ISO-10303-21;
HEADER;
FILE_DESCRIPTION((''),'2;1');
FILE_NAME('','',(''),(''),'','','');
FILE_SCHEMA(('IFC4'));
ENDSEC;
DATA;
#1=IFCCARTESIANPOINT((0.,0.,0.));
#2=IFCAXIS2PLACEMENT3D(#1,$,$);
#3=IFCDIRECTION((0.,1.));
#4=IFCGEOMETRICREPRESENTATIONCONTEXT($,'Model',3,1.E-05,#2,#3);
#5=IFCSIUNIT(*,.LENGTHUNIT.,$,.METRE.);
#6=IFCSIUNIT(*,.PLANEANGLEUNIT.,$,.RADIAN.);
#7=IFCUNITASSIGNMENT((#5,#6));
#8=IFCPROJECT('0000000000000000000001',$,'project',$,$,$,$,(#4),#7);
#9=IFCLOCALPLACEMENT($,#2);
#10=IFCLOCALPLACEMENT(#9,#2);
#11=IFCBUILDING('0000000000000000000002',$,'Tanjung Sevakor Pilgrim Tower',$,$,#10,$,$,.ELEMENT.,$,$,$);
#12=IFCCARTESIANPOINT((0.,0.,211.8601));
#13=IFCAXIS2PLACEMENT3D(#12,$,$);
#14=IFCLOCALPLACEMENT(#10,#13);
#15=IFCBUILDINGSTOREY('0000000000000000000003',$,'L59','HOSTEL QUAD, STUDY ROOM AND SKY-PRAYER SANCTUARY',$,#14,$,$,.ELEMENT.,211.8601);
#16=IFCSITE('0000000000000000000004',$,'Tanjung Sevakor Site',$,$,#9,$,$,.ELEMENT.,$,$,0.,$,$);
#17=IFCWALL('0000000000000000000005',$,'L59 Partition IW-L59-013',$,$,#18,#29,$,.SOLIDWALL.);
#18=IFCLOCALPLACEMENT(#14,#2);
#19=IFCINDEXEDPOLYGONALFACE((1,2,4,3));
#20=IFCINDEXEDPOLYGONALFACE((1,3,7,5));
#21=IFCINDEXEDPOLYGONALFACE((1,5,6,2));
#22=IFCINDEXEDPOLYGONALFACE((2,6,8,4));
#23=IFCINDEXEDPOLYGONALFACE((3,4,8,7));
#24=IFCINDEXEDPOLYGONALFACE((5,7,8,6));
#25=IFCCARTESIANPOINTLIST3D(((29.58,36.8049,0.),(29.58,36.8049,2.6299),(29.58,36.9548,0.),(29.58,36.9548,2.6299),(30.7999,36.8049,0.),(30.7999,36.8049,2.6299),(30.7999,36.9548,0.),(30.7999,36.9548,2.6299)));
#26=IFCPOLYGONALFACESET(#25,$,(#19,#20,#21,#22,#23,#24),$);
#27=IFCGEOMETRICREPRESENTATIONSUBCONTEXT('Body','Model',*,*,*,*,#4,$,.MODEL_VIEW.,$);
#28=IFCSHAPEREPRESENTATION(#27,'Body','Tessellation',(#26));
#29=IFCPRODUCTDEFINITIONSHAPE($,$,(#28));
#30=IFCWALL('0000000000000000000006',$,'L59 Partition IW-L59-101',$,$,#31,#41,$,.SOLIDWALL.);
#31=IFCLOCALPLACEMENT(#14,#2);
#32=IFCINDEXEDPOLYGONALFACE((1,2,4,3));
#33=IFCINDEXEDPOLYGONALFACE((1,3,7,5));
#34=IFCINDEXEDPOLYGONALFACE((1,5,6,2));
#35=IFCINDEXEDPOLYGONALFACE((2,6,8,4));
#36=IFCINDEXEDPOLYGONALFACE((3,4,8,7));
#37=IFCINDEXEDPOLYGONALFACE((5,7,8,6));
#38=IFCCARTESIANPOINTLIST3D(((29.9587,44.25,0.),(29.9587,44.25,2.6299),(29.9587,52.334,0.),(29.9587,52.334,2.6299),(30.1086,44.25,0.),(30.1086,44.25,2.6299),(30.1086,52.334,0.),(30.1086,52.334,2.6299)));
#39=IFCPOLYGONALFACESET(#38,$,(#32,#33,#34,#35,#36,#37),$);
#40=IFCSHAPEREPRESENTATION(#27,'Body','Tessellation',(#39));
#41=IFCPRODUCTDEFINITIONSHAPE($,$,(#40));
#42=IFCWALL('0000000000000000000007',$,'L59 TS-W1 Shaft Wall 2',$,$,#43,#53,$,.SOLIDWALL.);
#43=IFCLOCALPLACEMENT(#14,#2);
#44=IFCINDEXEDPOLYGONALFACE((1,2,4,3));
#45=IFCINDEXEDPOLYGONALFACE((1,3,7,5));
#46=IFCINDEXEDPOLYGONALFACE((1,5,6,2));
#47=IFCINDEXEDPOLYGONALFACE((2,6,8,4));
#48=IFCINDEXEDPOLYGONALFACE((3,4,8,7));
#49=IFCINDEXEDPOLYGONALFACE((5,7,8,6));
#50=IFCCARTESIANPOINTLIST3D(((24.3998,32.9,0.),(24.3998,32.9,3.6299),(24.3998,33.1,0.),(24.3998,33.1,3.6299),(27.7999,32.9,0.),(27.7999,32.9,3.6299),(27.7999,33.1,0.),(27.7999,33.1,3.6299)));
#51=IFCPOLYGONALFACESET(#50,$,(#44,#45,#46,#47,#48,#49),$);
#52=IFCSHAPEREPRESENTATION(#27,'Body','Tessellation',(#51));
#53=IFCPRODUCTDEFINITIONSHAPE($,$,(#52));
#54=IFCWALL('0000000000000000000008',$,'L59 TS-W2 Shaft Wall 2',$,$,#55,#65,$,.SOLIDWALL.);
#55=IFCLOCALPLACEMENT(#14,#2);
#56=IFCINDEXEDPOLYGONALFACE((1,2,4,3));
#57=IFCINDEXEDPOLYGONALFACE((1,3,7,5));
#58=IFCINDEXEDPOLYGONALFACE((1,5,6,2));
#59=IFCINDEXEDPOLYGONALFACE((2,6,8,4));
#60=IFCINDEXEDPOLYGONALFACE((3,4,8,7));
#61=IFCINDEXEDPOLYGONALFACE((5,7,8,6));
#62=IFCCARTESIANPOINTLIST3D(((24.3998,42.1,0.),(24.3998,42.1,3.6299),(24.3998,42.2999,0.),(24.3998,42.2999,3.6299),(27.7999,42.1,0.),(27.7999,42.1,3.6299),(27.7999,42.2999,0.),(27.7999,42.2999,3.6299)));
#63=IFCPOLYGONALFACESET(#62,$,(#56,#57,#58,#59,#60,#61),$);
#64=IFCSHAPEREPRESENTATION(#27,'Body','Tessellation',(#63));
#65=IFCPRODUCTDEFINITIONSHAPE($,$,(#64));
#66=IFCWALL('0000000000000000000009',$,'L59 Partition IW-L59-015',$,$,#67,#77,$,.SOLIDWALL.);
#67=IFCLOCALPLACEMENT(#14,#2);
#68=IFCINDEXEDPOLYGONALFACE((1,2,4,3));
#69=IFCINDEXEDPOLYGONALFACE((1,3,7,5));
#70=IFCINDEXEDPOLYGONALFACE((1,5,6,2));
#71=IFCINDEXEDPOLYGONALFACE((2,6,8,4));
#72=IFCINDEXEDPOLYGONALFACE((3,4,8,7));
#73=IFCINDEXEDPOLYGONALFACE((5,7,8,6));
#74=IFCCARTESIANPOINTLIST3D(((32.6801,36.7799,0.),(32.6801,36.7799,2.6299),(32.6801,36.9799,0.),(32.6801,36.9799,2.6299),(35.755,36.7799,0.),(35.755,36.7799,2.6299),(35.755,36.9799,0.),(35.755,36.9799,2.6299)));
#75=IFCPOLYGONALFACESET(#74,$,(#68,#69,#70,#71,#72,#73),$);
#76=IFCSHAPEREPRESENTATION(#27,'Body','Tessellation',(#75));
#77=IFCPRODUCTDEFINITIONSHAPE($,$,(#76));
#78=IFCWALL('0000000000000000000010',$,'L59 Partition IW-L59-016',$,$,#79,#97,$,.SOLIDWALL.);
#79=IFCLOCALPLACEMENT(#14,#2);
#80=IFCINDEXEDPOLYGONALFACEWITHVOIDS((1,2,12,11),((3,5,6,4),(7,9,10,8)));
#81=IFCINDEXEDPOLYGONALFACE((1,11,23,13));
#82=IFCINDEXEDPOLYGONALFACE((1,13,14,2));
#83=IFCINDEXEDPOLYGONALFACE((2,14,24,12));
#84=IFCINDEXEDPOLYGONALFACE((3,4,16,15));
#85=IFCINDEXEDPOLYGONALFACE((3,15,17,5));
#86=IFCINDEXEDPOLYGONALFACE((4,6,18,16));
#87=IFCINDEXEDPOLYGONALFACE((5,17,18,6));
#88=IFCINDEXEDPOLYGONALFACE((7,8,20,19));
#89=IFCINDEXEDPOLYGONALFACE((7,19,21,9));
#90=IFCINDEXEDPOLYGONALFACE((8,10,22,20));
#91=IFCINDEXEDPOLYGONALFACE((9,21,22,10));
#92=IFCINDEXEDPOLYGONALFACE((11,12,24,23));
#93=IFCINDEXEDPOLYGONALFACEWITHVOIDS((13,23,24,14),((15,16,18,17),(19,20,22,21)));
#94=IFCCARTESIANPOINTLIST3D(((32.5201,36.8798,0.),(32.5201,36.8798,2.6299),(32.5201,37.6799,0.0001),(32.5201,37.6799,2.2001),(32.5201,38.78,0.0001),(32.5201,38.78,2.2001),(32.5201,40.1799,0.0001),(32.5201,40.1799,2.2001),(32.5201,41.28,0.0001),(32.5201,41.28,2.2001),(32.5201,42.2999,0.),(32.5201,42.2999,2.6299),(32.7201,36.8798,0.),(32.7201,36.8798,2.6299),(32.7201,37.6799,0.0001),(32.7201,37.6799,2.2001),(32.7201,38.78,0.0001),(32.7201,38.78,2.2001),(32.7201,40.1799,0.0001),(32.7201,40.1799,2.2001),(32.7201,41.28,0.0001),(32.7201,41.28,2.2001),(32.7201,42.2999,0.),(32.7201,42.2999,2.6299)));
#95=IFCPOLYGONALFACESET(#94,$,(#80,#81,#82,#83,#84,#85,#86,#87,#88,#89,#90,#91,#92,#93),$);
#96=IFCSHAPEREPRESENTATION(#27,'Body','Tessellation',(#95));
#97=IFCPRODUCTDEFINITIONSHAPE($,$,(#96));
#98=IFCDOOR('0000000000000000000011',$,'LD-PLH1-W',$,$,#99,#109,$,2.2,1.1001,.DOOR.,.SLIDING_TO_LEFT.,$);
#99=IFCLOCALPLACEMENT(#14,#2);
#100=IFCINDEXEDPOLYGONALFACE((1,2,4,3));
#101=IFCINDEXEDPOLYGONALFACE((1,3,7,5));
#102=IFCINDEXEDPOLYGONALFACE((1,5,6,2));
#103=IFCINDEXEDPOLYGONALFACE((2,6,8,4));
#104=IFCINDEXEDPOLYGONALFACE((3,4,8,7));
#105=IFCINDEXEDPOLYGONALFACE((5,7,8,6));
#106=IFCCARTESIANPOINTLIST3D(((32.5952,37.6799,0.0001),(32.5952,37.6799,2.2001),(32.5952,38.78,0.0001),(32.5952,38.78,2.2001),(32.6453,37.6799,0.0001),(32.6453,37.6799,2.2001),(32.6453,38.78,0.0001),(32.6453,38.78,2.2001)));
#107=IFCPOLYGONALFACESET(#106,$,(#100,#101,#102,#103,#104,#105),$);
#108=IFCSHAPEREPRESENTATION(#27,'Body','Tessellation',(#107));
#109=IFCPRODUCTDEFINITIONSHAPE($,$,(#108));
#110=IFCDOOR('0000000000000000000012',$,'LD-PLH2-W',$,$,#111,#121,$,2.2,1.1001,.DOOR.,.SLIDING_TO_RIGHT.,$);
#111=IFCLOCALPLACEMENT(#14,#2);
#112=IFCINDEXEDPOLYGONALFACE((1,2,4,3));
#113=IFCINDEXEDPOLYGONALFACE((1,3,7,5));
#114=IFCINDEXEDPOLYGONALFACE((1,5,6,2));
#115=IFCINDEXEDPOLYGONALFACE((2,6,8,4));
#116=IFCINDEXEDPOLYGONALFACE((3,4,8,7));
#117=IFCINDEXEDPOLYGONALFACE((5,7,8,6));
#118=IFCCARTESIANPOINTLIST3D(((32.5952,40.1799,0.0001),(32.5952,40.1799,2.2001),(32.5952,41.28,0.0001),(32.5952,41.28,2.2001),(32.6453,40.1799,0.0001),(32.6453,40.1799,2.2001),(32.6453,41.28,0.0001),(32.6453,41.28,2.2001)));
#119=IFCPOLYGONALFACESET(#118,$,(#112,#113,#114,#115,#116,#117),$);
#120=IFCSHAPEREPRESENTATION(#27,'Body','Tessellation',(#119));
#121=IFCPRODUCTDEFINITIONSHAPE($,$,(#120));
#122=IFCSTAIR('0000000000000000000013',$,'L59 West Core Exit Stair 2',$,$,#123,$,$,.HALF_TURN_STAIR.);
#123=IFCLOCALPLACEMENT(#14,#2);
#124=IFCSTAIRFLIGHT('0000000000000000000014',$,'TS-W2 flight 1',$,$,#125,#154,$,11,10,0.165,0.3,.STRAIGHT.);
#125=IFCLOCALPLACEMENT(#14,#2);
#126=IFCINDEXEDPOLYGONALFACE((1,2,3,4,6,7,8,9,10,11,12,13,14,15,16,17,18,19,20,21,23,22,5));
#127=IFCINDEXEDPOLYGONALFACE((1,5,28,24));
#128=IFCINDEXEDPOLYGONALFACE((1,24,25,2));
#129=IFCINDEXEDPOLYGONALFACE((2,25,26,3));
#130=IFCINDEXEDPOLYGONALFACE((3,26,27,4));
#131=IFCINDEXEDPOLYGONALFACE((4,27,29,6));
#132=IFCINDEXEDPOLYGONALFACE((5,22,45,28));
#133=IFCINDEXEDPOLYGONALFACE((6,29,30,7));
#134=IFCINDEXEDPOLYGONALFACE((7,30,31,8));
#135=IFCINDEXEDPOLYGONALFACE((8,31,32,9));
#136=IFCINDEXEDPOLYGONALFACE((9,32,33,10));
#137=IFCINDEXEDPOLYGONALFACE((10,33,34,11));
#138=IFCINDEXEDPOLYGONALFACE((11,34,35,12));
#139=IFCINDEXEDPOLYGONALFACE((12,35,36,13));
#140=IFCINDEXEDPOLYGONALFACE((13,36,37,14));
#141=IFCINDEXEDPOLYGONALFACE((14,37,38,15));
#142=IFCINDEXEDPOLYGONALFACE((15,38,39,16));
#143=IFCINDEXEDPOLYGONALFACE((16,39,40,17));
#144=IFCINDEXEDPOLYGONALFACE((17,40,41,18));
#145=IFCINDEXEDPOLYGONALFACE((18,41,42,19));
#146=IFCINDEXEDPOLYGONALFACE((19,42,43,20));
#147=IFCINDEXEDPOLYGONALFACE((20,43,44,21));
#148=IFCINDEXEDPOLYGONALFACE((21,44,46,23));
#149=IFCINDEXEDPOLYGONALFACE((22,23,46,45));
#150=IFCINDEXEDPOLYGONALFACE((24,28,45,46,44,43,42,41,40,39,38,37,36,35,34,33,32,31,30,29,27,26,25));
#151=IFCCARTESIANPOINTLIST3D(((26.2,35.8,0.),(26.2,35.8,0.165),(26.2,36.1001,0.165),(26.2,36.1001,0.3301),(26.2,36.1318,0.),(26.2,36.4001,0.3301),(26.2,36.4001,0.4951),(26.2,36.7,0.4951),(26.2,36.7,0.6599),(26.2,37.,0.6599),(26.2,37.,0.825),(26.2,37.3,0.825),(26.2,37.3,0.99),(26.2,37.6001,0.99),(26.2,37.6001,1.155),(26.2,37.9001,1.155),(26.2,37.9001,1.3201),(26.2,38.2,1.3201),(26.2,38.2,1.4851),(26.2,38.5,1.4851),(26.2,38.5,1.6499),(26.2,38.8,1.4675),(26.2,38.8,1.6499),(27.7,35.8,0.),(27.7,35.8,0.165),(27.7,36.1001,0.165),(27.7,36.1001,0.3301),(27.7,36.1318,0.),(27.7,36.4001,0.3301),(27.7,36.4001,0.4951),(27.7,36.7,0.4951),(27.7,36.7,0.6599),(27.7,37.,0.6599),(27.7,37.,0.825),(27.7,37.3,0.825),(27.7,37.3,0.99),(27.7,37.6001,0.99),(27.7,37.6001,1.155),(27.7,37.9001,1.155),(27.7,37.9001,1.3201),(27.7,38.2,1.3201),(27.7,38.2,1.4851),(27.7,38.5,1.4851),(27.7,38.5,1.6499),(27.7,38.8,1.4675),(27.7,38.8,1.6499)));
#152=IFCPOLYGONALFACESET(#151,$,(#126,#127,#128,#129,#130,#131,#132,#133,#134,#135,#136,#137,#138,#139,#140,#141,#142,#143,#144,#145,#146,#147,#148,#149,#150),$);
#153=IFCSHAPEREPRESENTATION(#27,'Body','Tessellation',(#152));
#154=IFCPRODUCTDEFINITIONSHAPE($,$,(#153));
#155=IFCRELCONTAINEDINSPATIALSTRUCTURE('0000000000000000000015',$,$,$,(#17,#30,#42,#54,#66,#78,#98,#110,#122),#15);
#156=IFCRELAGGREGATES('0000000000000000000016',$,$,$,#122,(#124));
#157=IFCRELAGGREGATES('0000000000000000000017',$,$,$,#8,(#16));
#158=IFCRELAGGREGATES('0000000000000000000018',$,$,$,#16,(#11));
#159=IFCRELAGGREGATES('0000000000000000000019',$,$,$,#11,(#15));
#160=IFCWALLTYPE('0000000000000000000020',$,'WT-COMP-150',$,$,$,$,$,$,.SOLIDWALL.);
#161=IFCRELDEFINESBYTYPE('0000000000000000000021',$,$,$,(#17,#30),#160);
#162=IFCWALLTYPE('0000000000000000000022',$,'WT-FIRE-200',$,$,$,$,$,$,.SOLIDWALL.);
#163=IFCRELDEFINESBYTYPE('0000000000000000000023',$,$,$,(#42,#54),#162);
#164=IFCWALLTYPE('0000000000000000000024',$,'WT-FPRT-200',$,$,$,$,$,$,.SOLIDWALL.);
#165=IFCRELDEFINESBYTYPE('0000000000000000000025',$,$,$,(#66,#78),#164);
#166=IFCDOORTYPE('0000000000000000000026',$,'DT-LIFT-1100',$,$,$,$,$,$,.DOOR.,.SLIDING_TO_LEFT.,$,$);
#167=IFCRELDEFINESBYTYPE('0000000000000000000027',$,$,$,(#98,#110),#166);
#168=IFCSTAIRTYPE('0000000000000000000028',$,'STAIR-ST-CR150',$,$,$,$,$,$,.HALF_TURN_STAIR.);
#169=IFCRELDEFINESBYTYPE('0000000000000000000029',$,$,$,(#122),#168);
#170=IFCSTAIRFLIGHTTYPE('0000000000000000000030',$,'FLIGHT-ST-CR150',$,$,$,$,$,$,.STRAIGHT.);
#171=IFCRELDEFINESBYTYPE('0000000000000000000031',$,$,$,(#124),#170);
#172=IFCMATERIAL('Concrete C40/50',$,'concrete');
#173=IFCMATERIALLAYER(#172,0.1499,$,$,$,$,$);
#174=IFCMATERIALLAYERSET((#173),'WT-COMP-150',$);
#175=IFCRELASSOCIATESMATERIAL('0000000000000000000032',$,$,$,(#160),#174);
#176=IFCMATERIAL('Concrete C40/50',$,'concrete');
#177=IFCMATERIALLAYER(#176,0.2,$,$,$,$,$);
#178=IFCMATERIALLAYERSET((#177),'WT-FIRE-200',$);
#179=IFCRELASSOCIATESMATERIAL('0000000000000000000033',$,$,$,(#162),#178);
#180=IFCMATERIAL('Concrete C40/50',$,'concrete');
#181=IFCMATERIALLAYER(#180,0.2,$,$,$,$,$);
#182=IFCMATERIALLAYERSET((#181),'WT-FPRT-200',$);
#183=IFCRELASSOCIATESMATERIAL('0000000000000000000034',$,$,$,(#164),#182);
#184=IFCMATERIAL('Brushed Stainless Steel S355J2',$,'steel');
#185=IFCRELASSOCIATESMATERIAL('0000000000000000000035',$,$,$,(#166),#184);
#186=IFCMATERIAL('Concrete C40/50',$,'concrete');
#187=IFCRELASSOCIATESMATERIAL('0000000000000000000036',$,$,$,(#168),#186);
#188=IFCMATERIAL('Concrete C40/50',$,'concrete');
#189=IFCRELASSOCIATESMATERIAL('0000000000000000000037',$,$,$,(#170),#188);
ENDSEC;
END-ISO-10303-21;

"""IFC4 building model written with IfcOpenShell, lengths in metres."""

from ifc_helpers import new_model, si_unit, direction, frame, frame_2d, origin, place, context, subcontext, project, spatial, polyline, rectangle, outline, extrude, material, layer, layer_set, type_object, element, fill, aggregate, save


model = new_model("IFC4")

# Units and contexts
model_context = context("Model", 3, precision=1e-05, world=origin(), true_north=direction((0.0, 1.0)))
body_context = subcontext(model_context, "Body", "Model", "MODEL_VIEW")
ifc_project = project(units=[si_unit("LENGTHUNIT", "METRE"), si_unit("PLANEANGLEUNIT", "RADIAN")], contexts=[model_context])

# Site, building, storey
site_placement = place(None, origin())
site = spatial("IfcSite", under=ifc_project, at=site_placement, Name="Tanjung Sevakor Site", CompositionType="ELEMENT", RefElevation=0.0)
building_placement = place(site_placement, origin())
building = spatial("IfcBuilding", under=site, at=building_placement, Name="Tanjung Sevakor Pilgrim Tower", CompositionType="ELEMENT")
storey_placement = place(building_placement, frame((0.0, 0.0, 211.8601)))
storey = spatial("IfcBuildingStorey", under=building, at=storey_placement, Name="L59", Description="HOSTEL QUAD, STUDY ROOM AND SKY-PRAYER SANCTUARY", CompositionType="ELEMENT", Elevation=211.8601)

# Shared definitions
ifc_material_1 = material(Name="Concrete C40/50", Category="concrete")
ifc_layer_1 = layer(ifc_material_1, 0.1499)
ifc_layer_set_1 = layer_set([ifc_layer_1], Name="WT-COMP-150")
wall_type_1 = type_object("IfcWallType", Name="WT-COMP-150", PredefinedType="SOLIDWALL", material=ifc_layer_set_1)

# Wall
wall_1_placement = place(storey_placement, frame((29.5801, 36.8799, 0.0), z_axis=(0.0, 0.0, 1.0), x_axis=(1.0, 0.0, 0.0)))
element("IfcWall", 1, at=wall_1_placement, inside=storey, type_object=wall_type_1, Name="L59 Partition IW-L59-013", PredefinedType="SOLIDWALL", context=body_context, shape_type="SweptSolid", body=[
    extrude(rectangle(XDim=1.22, YDim=0.1499, at=frame_2d((0.6099, 0.0))), origin(), (0.0, 0.0, 1.0), 2.6299),
])

# Walls
wall_2_placement = place(storey_placement, frame((30.0337, 44.25, 0.0), z_axis=(0.0, 0.0, 1.0), x_axis=(0.0, 1.0, 0.0)))
element("IfcWall", 2, at=wall_2_placement, inside=storey, type_object=wall_type_1, Name="L59 Partition IW-L59-101", PredefinedType="SOLIDWALL", context=body_context, shape_type="SweptSolid", body=[
    extrude(rectangle(XDim=8.084, YDim=0.1499, at=frame_2d((4.042, 0.0))), origin(), (0.0, 0.0, 1.0), 2.6299),
])
ifc_material_2 = material(Name="Concrete C40/50", Category="concrete")
ifc_layer_2 = layer(ifc_material_2, 0.2)
ifc_layer_set_2 = layer_set([ifc_layer_2], Name="WT-FIRE-200")
wall_type_2 = type_object("IfcWallType", Name="WT-FIRE-200", PredefinedType="SOLIDWALL", material=ifc_layer_set_2)
for number, where, z_axis, x_axis, name in (
    (3, (27.8, 33.0, 0.0), (0.0, 0.0, 1.0), (-1.0, 0.0, 0.0), "L59 TS-W1 Shaft Wall 2"),
    (4, (27.8, 42.2, 0.0), (0.0, 0.0, 1.0), (-1.0, 0.0, 0.0), "L59 TS-W2 Shaft Wall 2"),
):
    element("IfcWall", number, at=place(storey_placement, frame(where, z_axis=z_axis, x_axis=x_axis)), inside=storey, type_object=wall_type_2, Name=name, PredefinedType="SOLIDWALL", context=body_context, shape_type="SweptSolid", body=[
        extrude(rectangle(XDim=3.4001, YDim=0.2, at=frame_2d((1.7002, 0.0))), origin(), (0.0, 0.0, 1.0), 3.6299),
    ])
ifc_material_3 = material(Name="Concrete C40/50", Category="concrete")
ifc_layer_3 = layer(ifc_material_3, 0.2)
ifc_layer_set_3 = layer_set([ifc_layer_3], Name="WT-FPRT-200")
wall_type_3 = type_object("IfcWallType", Name="WT-FPRT-200", PredefinedType="SOLIDWALL", material=ifc_layer_set_3)
wall_3_placement = place(storey_placement, frame((32.6799, 36.8799, 0.0), z_axis=(0.0, 0.0, 1.0), x_axis=(1.0, 0.0, 0.0)))
element("IfcWall", 5, at=wall_3_placement, inside=storey, type_object=wall_type_3, Name="L59 Partition IW-L59-015", PredefinedType="SOLIDWALL", context=body_context, shape_type="SweptSolid", body=[
    extrude(rectangle(XDim=3.075, YDim=0.2, at=frame_2d((1.5376, 0.0))), origin(), (0.0, 0.0, 1.0), 2.6299),
])

# Wall, openings, doors
wall_4_placement = place(storey_placement, frame((32.6201, 36.8799, 0.0), z_axis=(0.0, 0.0, 1.0), x_axis=(0.0, 1.0, 0.0)))
wall_4 = element("IfcWall", 6, at=wall_4_placement, inside=storey, type_object=wall_type_3, Name="L59 Partition IW-L59-016", PredefinedType="SOLIDWALL", context=body_context, shape_type="SweptSolid", body=[
    extrude(rectangle(XDim=5.4202, YDim=0.2, at=frame_2d((2.71, 0.0))), origin(), (0.0, 0.0, 1.0), 2.6299),
])
opening_1_placement = place(wall_4_placement, frame((0.8, 0.0, 0.0)))
opening_1 = element("IfcOpeningElement", 7, at=opening_1_placement, cuts=wall_4, PredefinedType="OPENING", context=body_context, shape_type="SweptSolid", body=[
    extrude(rectangle(XDim=1.1001, YDim=2.2, at=frame_2d((0.55, 1.1001))), frame((0.0, 0.1099, 0.0), z_axis=(0.0, -1.0, 0.0), x_axis=(1.0, 0.0, 0.0)), (0.0, 0.0, 1.0), 0.22),
])
opening_2_placement = place(wall_4_placement, frame((3.3, 0.0, 0.0)))
opening_2 = element("IfcOpeningElement", 8, at=opening_2_placement, cuts=wall_4, PredefinedType="OPENING", context=body_context, shape_type="SweptSolid", body=[
    extrude(rectangle(XDim=1.1001, YDim=2.2, at=frame_2d((0.55, 1.1001))), frame((0.0, 0.1099, 0.0), z_axis=(0.0, -1.0, 0.0), x_axis=(1.0, 0.0, 0.0)), (0.0, 0.0, 1.0), 0.22),
])
ifc_material_4 = material(Name="Brushed Stainless Steel S355J2", Category="steel")
door_type_1 = type_object("IfcDoorType", Name="DT-LIFT-1100", OperationType="SLIDING_TO_LEFT", PredefinedType="DOOR", material=ifc_material_4)
door_1_placement = place(opening_1_placement, origin())
door_1 = element("IfcDoor", 9, at=door_1_placement, inside=storey, type_object=door_type_1, Name="LD-PLH1-W", OperationType="SLIDING_TO_LEFT", OverallHeight=2.2, OverallWidth=1.1001, PredefinedType="DOOR", context=body_context, shape_type="SweptSolid", body=[
    extrude(rectangle(XDim=1.1001, YDim=2.2, at=frame_2d((0.55, 1.1001))), frame((0.0, 0.0249, 0.0), z_axis=(0.0, -1.0, 0.0), x_axis=(1.0, 0.0, 0.0)), (0.0, 0.0, 1.0), 0.05),
])
fill(opening_1, door_1)
door_2_placement = place(opening_2_placement, origin())
door_2 = element("IfcDoor", 10, at=door_2_placement, inside=storey, type_object=door_type_1, Name="LD-PLH2-W", OperationType="SLIDING_TO_RIGHT", OverallHeight=2.2, OverallWidth=1.1001, PredefinedType="DOOR", context=body_context, shape_type="SweptSolid", body=[
    extrude(rectangle(XDim=1.1001, YDim=2.2, at=frame_2d((0.55, 1.1001))), frame((0.0, 0.0249, 0.0), z_axis=(0.0, -1.0, 0.0), x_axis=(1.0, 0.0, 0.0)), (0.0, 0.0, 1.0), 0.05),
])
fill(opening_2, door_2)

# Stair, stair flight
ifc_material_5 = material(Name="Concrete C40/50", Category="concrete")
stair_type = type_object("IfcStairType", Name="STAIR-ST-CR150", PredefinedType="HALF_TURN_STAIR", material=ifc_material_5)
stair_placement = place(storey_placement, origin())
stair = element("IfcStair", 11, at=stair_placement, inside=storey, type_object=stair_type, Name="L59 West Core Exit Stair 2", PredefinedType="HALF_TURN_STAIR")
ifc_material_6 = material(Name="Concrete C40/50", Category="concrete")
stair_flight_type = type_object("IfcStairFlightType", Name="FLIGHT-ST-CR150", PredefinedType="STRAIGHT", material=ifc_material_6)
stair_flight_placement = place(storey_placement, frame((26.95, 35.8, 0.0), z_axis=(0.0, 0.0, 1.0), x_axis=(0.0, 1.0, 0.0)))
stair_flight = element("IfcStairFlight", 12, at=stair_flight_placement, type_object=stair_flight_type, Name="TS-W2 flight 1", NumberOfRisers=11, NumberOfTreads=10, PredefinedType="STRAIGHT", RiserHeight=0.165, TreadLength=0.3, context=body_context, shape_type="SweptSolid", body=[
    extrude(outline(polyline([(0.0, 0.0), (0.0, 0.165), (0.3, 0.165), (0.3, 0.3301), (0.6001, 0.3301), (0.6001, 0.4951), (0.8999, 0.4951), (0.8999, 0.6599), (1.2, 0.6599), (1.2, 0.825), (1.5, 0.825), (1.5, 0.99), (1.8, 0.99), (1.8, 1.155), (2.1001, 1.155), (2.1001, 1.3201), (2.3999, 1.3201), (2.3999, 1.4851), (2.7, 1.4851), (2.7, 1.6499), (3.0, 1.6499), (3.0, 1.8149), (3.0, 1.4675), (0.3318, 0.0), (0.0, 0.0)])), frame((0.0, 0.75, 0.0), z_axis=(0.0, -1.0, 0.0), x_axis=(1.0, 0.0, 0.0)), (0.0, 0.0, 1.0), 1.5),
])
aggregate(stair, [stair_flight])

save(model, "model.ifc")
